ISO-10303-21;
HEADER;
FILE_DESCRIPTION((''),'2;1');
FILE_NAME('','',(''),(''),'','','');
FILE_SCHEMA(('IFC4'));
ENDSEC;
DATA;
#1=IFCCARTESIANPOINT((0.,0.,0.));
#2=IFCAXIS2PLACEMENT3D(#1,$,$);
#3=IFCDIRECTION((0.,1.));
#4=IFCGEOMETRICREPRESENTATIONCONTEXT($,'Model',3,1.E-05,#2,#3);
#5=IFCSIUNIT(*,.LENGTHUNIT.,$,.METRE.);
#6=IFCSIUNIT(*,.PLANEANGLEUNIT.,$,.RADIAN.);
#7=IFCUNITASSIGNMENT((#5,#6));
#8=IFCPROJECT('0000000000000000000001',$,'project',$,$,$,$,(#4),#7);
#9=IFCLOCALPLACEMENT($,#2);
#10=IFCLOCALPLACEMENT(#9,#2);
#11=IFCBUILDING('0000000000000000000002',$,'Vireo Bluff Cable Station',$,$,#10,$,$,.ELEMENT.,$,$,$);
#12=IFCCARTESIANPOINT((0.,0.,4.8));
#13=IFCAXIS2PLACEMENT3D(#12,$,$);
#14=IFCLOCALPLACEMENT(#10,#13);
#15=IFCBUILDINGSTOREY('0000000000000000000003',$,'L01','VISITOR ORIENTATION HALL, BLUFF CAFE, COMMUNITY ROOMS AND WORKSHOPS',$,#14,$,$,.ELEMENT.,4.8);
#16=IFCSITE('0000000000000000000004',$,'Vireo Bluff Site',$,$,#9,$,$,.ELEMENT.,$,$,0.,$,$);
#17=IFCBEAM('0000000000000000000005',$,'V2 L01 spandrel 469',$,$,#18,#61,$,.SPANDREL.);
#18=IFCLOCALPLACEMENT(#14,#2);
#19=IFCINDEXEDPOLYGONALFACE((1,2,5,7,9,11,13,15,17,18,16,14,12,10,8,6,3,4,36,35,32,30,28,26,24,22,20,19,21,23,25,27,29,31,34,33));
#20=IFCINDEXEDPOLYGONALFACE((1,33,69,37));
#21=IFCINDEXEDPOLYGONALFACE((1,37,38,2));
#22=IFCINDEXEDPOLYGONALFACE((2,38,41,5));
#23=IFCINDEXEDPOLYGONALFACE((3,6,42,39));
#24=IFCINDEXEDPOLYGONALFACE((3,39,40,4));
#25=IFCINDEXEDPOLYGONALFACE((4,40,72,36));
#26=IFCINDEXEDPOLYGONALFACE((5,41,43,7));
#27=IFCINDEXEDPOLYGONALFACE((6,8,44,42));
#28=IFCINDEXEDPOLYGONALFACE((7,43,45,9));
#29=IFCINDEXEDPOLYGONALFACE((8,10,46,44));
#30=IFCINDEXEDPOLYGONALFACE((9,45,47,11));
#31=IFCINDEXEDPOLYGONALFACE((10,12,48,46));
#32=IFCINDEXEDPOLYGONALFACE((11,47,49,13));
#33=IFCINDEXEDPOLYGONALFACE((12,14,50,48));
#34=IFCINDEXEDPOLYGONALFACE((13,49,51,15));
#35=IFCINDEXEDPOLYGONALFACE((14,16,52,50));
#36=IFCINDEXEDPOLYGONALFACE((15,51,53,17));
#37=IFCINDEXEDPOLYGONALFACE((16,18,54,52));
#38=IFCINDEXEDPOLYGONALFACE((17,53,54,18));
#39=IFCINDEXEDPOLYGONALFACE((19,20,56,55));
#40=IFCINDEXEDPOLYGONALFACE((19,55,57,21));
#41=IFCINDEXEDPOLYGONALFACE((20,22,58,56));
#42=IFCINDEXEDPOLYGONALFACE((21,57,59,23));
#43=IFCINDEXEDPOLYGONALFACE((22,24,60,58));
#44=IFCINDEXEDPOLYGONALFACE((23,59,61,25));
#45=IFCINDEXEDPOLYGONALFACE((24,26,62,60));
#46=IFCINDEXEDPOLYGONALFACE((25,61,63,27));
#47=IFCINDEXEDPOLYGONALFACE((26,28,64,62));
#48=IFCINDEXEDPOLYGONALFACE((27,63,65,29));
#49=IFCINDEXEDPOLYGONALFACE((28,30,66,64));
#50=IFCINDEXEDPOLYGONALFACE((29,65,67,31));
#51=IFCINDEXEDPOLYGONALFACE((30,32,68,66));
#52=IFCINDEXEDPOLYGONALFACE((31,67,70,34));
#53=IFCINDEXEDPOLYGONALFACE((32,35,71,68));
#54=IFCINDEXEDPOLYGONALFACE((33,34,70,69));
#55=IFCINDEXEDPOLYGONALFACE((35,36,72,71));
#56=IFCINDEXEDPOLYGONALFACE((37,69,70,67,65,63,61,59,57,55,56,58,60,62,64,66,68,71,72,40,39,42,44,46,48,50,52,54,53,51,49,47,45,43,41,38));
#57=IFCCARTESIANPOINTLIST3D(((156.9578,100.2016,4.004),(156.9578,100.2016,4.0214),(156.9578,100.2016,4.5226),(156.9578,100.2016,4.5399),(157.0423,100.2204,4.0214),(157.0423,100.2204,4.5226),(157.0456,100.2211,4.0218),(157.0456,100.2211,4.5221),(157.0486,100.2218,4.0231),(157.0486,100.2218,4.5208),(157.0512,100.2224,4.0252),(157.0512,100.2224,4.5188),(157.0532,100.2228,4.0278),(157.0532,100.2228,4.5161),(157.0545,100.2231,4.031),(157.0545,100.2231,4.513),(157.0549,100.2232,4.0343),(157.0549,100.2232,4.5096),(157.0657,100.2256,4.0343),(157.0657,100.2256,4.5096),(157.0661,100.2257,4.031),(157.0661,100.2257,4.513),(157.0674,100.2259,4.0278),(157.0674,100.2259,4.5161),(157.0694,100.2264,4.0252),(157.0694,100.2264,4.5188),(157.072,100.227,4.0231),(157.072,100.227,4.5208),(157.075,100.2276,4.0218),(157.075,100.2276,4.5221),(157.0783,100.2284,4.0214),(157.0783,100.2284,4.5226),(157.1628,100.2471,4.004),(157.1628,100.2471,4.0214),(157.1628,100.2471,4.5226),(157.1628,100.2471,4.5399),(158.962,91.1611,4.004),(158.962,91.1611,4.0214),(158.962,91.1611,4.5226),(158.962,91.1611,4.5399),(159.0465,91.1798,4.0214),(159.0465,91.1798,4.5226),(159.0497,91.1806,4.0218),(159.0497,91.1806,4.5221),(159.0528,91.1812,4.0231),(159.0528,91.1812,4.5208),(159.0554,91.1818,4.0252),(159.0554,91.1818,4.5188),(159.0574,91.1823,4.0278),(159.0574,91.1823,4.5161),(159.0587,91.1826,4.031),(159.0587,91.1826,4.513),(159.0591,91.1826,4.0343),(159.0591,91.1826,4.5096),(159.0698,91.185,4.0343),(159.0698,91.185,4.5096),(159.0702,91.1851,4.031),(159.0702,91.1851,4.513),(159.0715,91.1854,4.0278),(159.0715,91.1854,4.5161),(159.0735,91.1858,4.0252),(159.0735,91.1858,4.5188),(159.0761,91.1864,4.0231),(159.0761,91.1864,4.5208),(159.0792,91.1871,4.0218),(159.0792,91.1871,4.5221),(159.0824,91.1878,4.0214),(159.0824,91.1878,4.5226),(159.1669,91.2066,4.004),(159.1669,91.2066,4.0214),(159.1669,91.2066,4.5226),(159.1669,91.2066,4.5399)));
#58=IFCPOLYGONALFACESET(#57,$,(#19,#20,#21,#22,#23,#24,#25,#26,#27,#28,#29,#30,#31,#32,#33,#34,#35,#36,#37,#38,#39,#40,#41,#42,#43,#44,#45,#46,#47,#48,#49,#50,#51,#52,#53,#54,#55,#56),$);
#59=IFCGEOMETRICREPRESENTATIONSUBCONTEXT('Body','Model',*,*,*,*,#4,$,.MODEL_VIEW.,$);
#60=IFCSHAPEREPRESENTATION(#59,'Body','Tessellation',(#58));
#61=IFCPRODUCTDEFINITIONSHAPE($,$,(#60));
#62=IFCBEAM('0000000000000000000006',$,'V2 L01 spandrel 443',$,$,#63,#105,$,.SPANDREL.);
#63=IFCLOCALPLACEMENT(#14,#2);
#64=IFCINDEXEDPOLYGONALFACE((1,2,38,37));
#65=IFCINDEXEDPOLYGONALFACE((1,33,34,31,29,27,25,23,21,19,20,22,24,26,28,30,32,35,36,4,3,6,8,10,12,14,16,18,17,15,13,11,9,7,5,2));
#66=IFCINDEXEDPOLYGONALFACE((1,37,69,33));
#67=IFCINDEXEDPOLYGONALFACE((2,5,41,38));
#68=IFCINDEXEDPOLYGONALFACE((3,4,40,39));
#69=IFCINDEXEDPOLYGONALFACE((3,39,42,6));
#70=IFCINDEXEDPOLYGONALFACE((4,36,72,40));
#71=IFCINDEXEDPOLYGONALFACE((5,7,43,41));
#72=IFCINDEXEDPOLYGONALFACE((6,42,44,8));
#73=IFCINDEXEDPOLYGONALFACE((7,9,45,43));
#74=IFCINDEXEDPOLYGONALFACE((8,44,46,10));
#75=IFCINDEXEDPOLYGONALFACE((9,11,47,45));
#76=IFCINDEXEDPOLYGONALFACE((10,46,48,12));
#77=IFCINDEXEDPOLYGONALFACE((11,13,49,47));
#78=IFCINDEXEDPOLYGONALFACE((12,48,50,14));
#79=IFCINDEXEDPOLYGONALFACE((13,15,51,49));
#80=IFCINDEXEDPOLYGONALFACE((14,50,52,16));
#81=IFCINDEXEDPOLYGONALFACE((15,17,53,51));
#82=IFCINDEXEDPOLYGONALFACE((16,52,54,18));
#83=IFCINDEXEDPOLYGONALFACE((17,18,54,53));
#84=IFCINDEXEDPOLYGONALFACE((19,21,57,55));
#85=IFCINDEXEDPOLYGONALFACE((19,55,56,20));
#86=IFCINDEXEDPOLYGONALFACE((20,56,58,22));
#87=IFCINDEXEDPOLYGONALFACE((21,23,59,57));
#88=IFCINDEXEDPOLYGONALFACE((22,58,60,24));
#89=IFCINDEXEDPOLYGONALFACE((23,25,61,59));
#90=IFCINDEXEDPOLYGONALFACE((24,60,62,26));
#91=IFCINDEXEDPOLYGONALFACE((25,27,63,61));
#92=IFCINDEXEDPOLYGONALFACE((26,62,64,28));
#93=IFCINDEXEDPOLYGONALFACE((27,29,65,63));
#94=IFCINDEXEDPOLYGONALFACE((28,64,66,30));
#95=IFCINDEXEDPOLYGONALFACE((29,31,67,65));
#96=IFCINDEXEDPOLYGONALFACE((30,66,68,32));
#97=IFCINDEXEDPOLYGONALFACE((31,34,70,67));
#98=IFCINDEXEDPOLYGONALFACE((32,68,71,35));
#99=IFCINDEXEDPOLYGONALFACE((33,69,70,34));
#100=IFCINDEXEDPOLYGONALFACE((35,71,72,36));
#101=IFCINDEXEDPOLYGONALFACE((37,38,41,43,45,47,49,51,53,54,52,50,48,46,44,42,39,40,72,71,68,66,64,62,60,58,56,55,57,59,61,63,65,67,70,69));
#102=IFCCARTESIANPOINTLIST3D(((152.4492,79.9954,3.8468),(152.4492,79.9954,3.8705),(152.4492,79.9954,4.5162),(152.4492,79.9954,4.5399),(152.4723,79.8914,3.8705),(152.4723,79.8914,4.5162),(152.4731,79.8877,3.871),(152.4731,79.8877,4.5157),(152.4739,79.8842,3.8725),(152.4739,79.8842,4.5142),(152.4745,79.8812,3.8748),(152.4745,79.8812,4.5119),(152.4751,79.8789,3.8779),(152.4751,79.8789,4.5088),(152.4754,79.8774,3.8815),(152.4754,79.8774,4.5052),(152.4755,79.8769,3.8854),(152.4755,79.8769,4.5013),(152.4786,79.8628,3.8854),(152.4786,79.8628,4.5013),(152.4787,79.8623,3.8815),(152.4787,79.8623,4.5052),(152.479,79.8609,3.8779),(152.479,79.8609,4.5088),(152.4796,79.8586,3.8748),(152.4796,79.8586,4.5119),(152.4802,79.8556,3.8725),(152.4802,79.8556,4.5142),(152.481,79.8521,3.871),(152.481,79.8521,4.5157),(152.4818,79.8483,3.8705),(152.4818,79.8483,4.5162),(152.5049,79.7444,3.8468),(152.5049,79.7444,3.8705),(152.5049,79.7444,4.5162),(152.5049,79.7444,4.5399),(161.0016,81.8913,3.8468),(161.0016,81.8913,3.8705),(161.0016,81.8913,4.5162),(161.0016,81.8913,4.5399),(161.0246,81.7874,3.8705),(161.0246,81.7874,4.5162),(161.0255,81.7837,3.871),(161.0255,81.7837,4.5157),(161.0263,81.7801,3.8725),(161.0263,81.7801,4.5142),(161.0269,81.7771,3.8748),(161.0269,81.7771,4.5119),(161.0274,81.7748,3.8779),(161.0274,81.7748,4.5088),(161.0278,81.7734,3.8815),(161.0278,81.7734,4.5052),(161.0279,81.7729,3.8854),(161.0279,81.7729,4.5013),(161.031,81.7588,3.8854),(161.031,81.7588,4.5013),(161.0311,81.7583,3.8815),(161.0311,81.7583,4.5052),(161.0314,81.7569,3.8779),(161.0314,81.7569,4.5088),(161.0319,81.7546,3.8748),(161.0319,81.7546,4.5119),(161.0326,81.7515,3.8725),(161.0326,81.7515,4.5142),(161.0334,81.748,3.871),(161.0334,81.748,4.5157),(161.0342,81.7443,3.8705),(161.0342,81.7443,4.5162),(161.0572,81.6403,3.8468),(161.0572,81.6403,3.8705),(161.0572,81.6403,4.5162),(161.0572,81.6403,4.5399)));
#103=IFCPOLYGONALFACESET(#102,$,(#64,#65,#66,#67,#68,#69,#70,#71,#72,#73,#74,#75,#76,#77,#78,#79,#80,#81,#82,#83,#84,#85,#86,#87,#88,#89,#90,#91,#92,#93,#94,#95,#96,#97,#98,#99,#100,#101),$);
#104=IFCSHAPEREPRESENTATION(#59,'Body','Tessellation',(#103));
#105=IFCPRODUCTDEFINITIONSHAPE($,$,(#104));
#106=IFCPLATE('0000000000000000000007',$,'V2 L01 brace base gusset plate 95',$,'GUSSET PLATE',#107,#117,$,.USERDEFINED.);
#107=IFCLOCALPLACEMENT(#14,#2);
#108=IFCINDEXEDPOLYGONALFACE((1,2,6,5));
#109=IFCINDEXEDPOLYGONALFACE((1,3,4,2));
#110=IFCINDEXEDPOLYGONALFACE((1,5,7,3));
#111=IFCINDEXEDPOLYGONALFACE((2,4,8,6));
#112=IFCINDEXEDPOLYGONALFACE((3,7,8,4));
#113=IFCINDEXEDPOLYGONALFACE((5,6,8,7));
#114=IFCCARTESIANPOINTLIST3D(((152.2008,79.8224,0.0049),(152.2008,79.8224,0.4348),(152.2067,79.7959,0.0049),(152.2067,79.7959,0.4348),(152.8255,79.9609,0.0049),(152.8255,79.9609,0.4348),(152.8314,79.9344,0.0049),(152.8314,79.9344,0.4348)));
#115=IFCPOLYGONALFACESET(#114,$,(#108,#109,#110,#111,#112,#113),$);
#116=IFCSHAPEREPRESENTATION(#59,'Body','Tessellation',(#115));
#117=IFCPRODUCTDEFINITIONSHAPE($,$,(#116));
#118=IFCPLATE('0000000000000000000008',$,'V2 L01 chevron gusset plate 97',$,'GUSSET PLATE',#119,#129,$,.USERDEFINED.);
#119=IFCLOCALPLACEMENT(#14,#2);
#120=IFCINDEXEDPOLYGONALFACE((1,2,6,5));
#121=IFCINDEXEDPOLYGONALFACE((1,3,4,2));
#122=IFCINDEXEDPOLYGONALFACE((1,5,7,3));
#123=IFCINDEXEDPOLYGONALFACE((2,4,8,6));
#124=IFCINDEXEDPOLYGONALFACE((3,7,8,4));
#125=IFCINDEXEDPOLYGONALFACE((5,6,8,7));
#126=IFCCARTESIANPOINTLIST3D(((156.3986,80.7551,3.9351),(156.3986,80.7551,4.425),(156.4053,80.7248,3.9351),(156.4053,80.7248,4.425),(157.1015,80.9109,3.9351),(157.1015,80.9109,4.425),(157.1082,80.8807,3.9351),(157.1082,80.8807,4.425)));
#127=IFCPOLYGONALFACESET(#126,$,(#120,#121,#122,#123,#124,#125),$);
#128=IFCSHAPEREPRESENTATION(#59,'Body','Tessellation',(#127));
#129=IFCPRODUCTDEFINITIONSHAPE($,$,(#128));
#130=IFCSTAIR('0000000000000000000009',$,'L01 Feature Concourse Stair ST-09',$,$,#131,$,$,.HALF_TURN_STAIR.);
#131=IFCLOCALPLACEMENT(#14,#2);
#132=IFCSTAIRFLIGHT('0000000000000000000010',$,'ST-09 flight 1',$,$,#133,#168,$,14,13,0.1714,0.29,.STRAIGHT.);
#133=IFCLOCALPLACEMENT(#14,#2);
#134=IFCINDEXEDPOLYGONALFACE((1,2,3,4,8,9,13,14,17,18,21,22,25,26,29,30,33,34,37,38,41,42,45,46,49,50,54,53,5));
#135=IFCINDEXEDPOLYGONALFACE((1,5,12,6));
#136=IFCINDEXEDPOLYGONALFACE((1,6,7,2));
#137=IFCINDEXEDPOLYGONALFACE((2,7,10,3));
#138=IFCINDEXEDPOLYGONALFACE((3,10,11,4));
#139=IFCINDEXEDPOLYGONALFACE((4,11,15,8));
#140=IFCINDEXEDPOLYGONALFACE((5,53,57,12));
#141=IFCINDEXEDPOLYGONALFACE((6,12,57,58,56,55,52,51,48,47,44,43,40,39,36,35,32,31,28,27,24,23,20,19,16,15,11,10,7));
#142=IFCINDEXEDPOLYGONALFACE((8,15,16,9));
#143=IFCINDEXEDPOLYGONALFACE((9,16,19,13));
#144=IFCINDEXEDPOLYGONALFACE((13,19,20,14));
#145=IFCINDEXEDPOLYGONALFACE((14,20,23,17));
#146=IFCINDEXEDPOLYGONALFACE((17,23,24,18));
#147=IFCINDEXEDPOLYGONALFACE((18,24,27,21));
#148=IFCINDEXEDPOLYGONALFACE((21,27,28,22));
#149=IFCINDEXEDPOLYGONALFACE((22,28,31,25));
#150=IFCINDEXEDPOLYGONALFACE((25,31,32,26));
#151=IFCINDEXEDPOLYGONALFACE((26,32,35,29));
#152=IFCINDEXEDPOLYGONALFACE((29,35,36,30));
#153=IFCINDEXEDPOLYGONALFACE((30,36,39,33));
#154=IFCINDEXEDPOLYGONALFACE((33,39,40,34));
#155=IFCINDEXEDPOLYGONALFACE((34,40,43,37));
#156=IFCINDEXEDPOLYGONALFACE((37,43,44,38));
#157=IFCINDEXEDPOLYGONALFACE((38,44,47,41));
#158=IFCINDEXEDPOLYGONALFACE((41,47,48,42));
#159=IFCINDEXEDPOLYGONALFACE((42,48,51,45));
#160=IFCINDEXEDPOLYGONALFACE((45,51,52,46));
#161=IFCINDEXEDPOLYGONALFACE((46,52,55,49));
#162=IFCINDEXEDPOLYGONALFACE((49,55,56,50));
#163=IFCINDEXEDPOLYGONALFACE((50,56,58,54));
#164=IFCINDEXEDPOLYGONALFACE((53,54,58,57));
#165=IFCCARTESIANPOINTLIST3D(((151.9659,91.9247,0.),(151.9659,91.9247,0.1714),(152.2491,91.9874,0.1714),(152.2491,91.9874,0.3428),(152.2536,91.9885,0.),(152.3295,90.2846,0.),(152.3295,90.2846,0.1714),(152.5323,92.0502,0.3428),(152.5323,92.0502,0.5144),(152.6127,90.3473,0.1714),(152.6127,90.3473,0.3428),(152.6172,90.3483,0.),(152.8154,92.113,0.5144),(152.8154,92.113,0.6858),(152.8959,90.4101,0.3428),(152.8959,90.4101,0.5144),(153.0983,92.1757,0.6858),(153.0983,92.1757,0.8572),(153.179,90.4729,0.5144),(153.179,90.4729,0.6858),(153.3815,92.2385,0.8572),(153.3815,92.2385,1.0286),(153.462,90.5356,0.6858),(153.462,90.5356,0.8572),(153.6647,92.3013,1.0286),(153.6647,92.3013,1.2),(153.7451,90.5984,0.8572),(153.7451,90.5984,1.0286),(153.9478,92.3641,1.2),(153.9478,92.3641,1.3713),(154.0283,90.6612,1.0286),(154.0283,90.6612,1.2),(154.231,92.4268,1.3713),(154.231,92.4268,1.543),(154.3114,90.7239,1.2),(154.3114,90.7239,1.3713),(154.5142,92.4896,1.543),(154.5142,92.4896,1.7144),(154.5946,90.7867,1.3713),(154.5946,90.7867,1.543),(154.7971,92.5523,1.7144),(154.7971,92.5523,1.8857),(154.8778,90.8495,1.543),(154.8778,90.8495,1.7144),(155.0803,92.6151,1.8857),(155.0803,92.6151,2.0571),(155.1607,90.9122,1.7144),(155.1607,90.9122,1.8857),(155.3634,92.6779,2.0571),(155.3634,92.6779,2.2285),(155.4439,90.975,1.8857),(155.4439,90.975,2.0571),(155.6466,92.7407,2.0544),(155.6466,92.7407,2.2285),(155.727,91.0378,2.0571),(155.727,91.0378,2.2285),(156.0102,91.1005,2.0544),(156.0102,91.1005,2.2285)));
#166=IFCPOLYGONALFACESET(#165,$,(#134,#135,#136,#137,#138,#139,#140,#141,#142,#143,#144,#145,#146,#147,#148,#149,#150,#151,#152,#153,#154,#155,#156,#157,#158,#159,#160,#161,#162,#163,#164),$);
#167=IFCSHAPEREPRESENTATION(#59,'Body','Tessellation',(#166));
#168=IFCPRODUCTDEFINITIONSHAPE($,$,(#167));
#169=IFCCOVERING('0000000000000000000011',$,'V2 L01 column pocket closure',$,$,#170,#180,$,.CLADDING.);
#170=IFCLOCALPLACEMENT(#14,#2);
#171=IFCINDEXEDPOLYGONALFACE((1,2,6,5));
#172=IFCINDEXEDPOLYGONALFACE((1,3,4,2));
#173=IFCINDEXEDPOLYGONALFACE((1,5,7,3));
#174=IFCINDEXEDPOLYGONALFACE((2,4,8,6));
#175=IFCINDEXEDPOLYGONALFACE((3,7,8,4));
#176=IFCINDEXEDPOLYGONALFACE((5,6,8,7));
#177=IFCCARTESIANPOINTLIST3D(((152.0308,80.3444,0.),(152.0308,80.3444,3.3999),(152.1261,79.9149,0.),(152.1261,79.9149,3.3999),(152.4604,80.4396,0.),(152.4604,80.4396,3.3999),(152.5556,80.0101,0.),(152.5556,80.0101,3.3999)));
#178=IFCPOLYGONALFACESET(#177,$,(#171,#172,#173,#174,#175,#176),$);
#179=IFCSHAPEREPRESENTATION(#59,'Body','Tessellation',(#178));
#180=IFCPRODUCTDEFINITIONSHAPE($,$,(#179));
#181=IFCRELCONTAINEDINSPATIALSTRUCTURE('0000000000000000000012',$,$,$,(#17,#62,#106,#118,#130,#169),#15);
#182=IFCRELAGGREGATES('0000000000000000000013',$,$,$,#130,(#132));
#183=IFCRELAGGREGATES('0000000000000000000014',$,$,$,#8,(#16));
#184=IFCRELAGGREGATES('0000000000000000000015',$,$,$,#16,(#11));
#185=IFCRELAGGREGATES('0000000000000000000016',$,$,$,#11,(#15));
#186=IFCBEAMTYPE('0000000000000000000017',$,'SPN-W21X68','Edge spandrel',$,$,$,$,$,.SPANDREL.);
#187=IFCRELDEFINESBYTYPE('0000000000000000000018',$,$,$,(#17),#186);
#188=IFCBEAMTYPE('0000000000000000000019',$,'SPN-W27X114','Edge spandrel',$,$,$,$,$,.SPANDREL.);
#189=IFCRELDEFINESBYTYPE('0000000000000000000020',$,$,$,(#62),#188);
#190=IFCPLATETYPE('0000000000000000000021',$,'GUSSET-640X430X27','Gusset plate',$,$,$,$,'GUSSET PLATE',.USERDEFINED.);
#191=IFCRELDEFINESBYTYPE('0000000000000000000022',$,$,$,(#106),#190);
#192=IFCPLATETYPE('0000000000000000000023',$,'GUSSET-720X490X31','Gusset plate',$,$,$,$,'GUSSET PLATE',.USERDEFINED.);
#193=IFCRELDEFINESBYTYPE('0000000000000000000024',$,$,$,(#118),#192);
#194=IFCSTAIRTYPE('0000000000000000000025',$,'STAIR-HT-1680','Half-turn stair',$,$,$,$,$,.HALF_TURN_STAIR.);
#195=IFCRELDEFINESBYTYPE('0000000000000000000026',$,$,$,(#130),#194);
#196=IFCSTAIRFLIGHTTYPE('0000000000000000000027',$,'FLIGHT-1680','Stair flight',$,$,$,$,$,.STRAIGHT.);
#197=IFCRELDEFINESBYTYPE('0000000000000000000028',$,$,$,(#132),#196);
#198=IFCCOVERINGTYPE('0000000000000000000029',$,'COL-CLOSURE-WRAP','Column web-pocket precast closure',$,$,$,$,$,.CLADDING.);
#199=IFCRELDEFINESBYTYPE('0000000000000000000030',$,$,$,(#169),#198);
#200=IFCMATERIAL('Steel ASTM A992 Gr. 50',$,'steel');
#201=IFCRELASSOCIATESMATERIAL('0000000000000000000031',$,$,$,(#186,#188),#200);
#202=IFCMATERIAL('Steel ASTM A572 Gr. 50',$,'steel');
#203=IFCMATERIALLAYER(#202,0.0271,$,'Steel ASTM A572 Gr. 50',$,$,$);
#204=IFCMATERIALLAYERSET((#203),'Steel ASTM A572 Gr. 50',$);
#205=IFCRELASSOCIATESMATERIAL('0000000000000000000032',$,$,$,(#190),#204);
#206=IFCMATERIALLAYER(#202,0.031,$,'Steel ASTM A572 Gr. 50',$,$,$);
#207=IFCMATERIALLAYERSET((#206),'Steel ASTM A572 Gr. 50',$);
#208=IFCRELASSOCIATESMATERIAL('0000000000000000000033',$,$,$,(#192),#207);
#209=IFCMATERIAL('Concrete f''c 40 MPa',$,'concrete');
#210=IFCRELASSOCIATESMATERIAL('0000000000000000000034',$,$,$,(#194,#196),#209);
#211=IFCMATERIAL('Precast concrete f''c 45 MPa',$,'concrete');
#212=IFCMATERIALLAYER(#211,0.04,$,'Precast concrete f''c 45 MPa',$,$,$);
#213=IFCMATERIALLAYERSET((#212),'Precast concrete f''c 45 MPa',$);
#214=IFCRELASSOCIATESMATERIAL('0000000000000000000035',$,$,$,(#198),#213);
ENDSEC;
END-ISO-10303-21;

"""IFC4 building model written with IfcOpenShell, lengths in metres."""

from ifc_helpers import new_model, si_unit, direction, frame, origin, origin_2d, place, context, subcontext, project, spatial, polyline, rectangle, i_section, outline, extrude, material, layer, layer_set, material_profile, profile_set, type_object, element, aggregate, save


model = new_model("IFC4")

# Units and contexts
model_context = context("Model", 3, precision=1e-05, world=origin(), true_north=direction((0.0, 1.0)))
body_context = subcontext(model_context, "Body", "Model", "MODEL_VIEW")
ifc_project = project(units=[si_unit("LENGTHUNIT", "METRE"), si_unit("PLANEANGLEUNIT", "RADIAN")], contexts=[model_context])

# Site, building, storey
site_placement = place(None, origin())
site = spatial("IfcSite", under=ifc_project, at=site_placement, Name="Vireo Bluff Site", CompositionType="ELEMENT", RefElevation=0.0)
building_placement = place(site_placement, origin())
building = spatial("IfcBuilding", under=site, at=building_placement, Name="Vireo Bluff Cable Station", CompositionType="ELEMENT")
storey_placement = place(building_placement, frame((0.0, 0.0, 4.8)))
storey = spatial("IfcBuildingStorey", under=building, at=storey_placement, Name="L01", Description="VISITOR ORIENTATION HALL, BLUFF CAFE, COMMUNITY ROOMS AND WORKSHOPS", CompositionType="ELEMENT", Elevation=4.8)

# Shared definitions
ifc_material_1 = material(Name="Steel ASTM A992 Gr. 50", Category="steel")

# Beams
ifc_material_profile_1 = material_profile(ifc_material_1, i_section(OverallWidth=0.21, OverallDepth=0.5359, WebThickness=0.011, FlangeThickness=0.0173, FilletRadius=0.0129, at=origin_2d()), Name="W21X68")
ifc_profile_set_1 = profile_set([ifc_material_profile_1], Name="Steel ASTM A992 Gr. 50")
beam_type_1 = type_object("IfcBeamType", Name="SPN-W21X68", Description="Edge spandrel", PredefinedType="SPANDREL", material=ifc_profile_set_1)
beam_1_placement = place(storey_placement, frame((159.0645, 91.1838, 4.272), z_axis=(-0.216431, 0.976298, 0.0), x_axis=(-0.976298, -0.216431, 0.0)))
element("IfcBeam", 1, at=beam_1_placement, inside=storey, type_object=beam_type_1, Name="V2 L01 spandrel 469", PredefinedType="SPANDREL", context=body_context, shape_type="SweptSolid", body=[
    extrude(i_section(OverallWidth=0.21, OverallDepth=0.5359, WebThickness=0.011, FlangeThickness=0.0173, FilletRadius=0.0129, at=origin_2d()), origin(), (0.0, 0.0, 1.0), 9.26),
])
ifc_material_profile_2 = material_profile(ifc_material_1, i_section(OverallWidth=0.2571, OverallDepth=0.6931, WebThickness=0.0144, FlangeThickness=0.0237, FilletRadius=0.0149, at=origin_2d()), Name="W27X114")
ifc_profile_set_2 = profile_set([ifc_material_profile_2], Name="Steel ASTM A992 Gr. 50")
beam_type_2 = type_object("IfcBeamType", Name="SPN-W27X114", Description="Edge spandrel", PredefinedType="SPANDREL", material=ifc_profile_set_2)
beam_2_placement = place(storey_placement, frame((152.4771, 79.8699, 4.1934), z_axis=(0.976297, 0.216435, 0.0), x_axis=(-0.216435, 0.976297, 0.0)))
element("IfcBeam", 2, at=beam_2_placement, inside=storey, type_object=beam_type_2, Name="V2 L01 spandrel 443", PredefinedType="SPANDREL", context=body_context, shape_type="SweptSolid", body=[
    extrude(i_section(OverallWidth=0.2571, OverallDepth=0.6931, WebThickness=0.0144, FlangeThickness=0.0237, FilletRadius=0.0149, at=origin_2d()), origin(), (0.0, 0.0, 1.0), 8.76),
])

# Plates
ifc_material_2 = material(Name="Steel ASTM A572 Gr. 50", Category="steel")
ifc_layer_1 = layer(ifc_material_2, 0.0271, Name="Steel ASTM A572 Gr. 50")
ifc_layer_set_1 = layer_set([ifc_layer_1], Name="Steel ASTM A572 Gr. 50")
plate_type_1 = type_object("IfcPlateType", Name="GUSSET-640X430X27", Description="Gusset plate", ElementType="GUSSET PLATE", PredefinedType="USERDEFINED", material=ifc_layer_set_1)
plate_1_placement = place(storey_placement, frame((152.5161, 79.8784, 0.0049), z_axis=(0.0, 0.0, 1.0), x_axis=(0.976296, 0.21644, 0.0)))
element("IfcPlate", 3, at=plate_1_placement, inside=storey, type_object=plate_type_1, Name="V2 L01 brace base gusset plate 95", ObjectType="GUSSET PLATE", PredefinedType="USERDEFINED", context=body_context, shape_type="SweptSolid", body=[
    extrude(rectangle(XDim=0.6399, YDim=0.0271, at=origin_2d()), origin(), (0.0, 0.0, 1.0), 0.4299),
])
ifc_layer_2 = layer(ifc_material_2, 0.031, Name="Steel ASTM A572 Gr. 50")
ifc_layer_set_2 = layer_set([ifc_layer_2], Name="Steel ASTM A572 Gr. 50")
plate_type_2 = type_object("IfcPlateType", Name="GUSSET-720X490X31", Description="Gusset plate", ElementType="GUSSET PLATE", PredefinedType="USERDEFINED", material=ifc_layer_set_2)
plate_2_placement = place(storey_placement, frame((156.7534, 80.8179, 3.9351), z_axis=(0.0, 0.0, 1.0), x_axis=(0.976296, 0.21644, 0.0)))
element("IfcPlate", 4, at=plate_2_placement, inside=storey, type_object=plate_type_2, Name="V2 L01 chevron gusset plate 97", ObjectType="GUSSET PLATE", PredefinedType="USERDEFINED", context=body_context, shape_type="SweptSolid", body=[
    extrude(rectangle(XDim=0.72, YDim=0.031, at=origin_2d()), origin(), (0.0, 0.0, 1.0), 0.49),
])

# Stair, stair flight
ifc_material_3 = material(Name="Concrete f'c 40 MPa", Category="concrete")
stair_type = type_object("IfcStairType", Name="STAIR-HT-1680", Description="Half-turn stair", PredefinedType="HALF_TURN_STAIR", material=ifc_material_3)
stair_placement = place(storey_placement, origin())
stair = element("IfcStair", 5, at=stair_placement, inside=storey, type_object=stair_type, Name="L01 Feature Concourse Stair ST-09", PredefinedType="HALF_TURN_STAIR")
stair_flight_type = type_object("IfcStairFlightType", Name="FLIGHT-1680", Description="Stair flight", PredefinedType="STRAIGHT", material=ifc_material_3)
stair_flight_placement = place(storey_placement, frame((152.1477, 91.1047, 0.0), z_axis=(0.0, 0.0, 1.0), x_axis=(0.976296, 0.21644, 0.0)))
stair_flight = element("IfcStairFlight", 6, at=stair_flight_placement, type_object=stair_flight_type, Name="ST-09 flight 1", NumberOfRisers=14, NumberOfTreads=13, PredefinedType="STRAIGHT", RiserHeight=0.1714, TreadLength=0.29, context=body_context, shape_type="SweptSolid", body=[
    extrude(outline(polyline([(0.0, 0.0), (0.0, 0.1714), (0.29, 0.1714), (0.29, 0.3428), (0.5801, 0.3428), (0.5801, 0.5144), (0.8701, 0.5144), (0.8701, 0.6858), (1.1599, 0.6858), (1.1599, 0.8572), (1.45, 0.8572), (1.45, 1.0286), (1.74, 1.0286), (1.74, 1.2), (2.03, 1.2), (2.03, 1.3713), (2.3201, 1.3713), (2.3201, 1.543), (2.6101, 1.543), (2.6101, 1.7144), (2.8999, 1.7144), (2.8999, 1.8857), (3.1899, 1.8857), (3.1899, 2.0571), (3.48, 2.0571), (3.48, 2.2285), (3.77, 2.2285), (3.77, 2.3999), (3.77, 2.0544), (0.2947, 0.0), (0.0, 0.0)])), frame((0.0, 0.8398, 0.0), z_axis=(0.0, -1.0, 0.0), x_axis=(1.0, 0.0, 0.0)), (0.0, 0.0, 1.0), 1.6799),
])
aggregate(stair, [stair_flight])

# Covering
ifc_material_4 = material(Name="Precast concrete f'c 45 MPa", Category="concrete")
ifc_layer_3 = layer(ifc_material_4, 0.04, Name="Precast concrete f'c 45 MPa")
ifc_layer_set_3 = layer_set([ifc_layer_3], Name="Precast concrete f'c 45 MPa")
covering_type = type_object("IfcCoveringType", Name="COL-CLOSURE-WRAP", Description="Column web-pocket precast closure", PredefinedType="CLADDING", material=ifc_layer_set_3)
covering_placement = place(storey_placement, frame((152.2932, 80.1772, 0.0), z_axis=(0.0, 0.0, 1.0), x_axis=(0.976296, 0.21644, 0.0)))
element("IfcCovering", 7, at=covering_placement, inside=storey, type_object=covering_type, Name="V2 L01 column pocket closure", PredefinedType="CLADDING", context=body_context, shape_type="SweptSolid", body=[
    extrude(rectangle(XDim=0.4399, YDim=0.4399, at=origin_2d()), origin(), (0.0, 0.0, 1.0), 3.3999),
])

save(model, "model.ifc")
